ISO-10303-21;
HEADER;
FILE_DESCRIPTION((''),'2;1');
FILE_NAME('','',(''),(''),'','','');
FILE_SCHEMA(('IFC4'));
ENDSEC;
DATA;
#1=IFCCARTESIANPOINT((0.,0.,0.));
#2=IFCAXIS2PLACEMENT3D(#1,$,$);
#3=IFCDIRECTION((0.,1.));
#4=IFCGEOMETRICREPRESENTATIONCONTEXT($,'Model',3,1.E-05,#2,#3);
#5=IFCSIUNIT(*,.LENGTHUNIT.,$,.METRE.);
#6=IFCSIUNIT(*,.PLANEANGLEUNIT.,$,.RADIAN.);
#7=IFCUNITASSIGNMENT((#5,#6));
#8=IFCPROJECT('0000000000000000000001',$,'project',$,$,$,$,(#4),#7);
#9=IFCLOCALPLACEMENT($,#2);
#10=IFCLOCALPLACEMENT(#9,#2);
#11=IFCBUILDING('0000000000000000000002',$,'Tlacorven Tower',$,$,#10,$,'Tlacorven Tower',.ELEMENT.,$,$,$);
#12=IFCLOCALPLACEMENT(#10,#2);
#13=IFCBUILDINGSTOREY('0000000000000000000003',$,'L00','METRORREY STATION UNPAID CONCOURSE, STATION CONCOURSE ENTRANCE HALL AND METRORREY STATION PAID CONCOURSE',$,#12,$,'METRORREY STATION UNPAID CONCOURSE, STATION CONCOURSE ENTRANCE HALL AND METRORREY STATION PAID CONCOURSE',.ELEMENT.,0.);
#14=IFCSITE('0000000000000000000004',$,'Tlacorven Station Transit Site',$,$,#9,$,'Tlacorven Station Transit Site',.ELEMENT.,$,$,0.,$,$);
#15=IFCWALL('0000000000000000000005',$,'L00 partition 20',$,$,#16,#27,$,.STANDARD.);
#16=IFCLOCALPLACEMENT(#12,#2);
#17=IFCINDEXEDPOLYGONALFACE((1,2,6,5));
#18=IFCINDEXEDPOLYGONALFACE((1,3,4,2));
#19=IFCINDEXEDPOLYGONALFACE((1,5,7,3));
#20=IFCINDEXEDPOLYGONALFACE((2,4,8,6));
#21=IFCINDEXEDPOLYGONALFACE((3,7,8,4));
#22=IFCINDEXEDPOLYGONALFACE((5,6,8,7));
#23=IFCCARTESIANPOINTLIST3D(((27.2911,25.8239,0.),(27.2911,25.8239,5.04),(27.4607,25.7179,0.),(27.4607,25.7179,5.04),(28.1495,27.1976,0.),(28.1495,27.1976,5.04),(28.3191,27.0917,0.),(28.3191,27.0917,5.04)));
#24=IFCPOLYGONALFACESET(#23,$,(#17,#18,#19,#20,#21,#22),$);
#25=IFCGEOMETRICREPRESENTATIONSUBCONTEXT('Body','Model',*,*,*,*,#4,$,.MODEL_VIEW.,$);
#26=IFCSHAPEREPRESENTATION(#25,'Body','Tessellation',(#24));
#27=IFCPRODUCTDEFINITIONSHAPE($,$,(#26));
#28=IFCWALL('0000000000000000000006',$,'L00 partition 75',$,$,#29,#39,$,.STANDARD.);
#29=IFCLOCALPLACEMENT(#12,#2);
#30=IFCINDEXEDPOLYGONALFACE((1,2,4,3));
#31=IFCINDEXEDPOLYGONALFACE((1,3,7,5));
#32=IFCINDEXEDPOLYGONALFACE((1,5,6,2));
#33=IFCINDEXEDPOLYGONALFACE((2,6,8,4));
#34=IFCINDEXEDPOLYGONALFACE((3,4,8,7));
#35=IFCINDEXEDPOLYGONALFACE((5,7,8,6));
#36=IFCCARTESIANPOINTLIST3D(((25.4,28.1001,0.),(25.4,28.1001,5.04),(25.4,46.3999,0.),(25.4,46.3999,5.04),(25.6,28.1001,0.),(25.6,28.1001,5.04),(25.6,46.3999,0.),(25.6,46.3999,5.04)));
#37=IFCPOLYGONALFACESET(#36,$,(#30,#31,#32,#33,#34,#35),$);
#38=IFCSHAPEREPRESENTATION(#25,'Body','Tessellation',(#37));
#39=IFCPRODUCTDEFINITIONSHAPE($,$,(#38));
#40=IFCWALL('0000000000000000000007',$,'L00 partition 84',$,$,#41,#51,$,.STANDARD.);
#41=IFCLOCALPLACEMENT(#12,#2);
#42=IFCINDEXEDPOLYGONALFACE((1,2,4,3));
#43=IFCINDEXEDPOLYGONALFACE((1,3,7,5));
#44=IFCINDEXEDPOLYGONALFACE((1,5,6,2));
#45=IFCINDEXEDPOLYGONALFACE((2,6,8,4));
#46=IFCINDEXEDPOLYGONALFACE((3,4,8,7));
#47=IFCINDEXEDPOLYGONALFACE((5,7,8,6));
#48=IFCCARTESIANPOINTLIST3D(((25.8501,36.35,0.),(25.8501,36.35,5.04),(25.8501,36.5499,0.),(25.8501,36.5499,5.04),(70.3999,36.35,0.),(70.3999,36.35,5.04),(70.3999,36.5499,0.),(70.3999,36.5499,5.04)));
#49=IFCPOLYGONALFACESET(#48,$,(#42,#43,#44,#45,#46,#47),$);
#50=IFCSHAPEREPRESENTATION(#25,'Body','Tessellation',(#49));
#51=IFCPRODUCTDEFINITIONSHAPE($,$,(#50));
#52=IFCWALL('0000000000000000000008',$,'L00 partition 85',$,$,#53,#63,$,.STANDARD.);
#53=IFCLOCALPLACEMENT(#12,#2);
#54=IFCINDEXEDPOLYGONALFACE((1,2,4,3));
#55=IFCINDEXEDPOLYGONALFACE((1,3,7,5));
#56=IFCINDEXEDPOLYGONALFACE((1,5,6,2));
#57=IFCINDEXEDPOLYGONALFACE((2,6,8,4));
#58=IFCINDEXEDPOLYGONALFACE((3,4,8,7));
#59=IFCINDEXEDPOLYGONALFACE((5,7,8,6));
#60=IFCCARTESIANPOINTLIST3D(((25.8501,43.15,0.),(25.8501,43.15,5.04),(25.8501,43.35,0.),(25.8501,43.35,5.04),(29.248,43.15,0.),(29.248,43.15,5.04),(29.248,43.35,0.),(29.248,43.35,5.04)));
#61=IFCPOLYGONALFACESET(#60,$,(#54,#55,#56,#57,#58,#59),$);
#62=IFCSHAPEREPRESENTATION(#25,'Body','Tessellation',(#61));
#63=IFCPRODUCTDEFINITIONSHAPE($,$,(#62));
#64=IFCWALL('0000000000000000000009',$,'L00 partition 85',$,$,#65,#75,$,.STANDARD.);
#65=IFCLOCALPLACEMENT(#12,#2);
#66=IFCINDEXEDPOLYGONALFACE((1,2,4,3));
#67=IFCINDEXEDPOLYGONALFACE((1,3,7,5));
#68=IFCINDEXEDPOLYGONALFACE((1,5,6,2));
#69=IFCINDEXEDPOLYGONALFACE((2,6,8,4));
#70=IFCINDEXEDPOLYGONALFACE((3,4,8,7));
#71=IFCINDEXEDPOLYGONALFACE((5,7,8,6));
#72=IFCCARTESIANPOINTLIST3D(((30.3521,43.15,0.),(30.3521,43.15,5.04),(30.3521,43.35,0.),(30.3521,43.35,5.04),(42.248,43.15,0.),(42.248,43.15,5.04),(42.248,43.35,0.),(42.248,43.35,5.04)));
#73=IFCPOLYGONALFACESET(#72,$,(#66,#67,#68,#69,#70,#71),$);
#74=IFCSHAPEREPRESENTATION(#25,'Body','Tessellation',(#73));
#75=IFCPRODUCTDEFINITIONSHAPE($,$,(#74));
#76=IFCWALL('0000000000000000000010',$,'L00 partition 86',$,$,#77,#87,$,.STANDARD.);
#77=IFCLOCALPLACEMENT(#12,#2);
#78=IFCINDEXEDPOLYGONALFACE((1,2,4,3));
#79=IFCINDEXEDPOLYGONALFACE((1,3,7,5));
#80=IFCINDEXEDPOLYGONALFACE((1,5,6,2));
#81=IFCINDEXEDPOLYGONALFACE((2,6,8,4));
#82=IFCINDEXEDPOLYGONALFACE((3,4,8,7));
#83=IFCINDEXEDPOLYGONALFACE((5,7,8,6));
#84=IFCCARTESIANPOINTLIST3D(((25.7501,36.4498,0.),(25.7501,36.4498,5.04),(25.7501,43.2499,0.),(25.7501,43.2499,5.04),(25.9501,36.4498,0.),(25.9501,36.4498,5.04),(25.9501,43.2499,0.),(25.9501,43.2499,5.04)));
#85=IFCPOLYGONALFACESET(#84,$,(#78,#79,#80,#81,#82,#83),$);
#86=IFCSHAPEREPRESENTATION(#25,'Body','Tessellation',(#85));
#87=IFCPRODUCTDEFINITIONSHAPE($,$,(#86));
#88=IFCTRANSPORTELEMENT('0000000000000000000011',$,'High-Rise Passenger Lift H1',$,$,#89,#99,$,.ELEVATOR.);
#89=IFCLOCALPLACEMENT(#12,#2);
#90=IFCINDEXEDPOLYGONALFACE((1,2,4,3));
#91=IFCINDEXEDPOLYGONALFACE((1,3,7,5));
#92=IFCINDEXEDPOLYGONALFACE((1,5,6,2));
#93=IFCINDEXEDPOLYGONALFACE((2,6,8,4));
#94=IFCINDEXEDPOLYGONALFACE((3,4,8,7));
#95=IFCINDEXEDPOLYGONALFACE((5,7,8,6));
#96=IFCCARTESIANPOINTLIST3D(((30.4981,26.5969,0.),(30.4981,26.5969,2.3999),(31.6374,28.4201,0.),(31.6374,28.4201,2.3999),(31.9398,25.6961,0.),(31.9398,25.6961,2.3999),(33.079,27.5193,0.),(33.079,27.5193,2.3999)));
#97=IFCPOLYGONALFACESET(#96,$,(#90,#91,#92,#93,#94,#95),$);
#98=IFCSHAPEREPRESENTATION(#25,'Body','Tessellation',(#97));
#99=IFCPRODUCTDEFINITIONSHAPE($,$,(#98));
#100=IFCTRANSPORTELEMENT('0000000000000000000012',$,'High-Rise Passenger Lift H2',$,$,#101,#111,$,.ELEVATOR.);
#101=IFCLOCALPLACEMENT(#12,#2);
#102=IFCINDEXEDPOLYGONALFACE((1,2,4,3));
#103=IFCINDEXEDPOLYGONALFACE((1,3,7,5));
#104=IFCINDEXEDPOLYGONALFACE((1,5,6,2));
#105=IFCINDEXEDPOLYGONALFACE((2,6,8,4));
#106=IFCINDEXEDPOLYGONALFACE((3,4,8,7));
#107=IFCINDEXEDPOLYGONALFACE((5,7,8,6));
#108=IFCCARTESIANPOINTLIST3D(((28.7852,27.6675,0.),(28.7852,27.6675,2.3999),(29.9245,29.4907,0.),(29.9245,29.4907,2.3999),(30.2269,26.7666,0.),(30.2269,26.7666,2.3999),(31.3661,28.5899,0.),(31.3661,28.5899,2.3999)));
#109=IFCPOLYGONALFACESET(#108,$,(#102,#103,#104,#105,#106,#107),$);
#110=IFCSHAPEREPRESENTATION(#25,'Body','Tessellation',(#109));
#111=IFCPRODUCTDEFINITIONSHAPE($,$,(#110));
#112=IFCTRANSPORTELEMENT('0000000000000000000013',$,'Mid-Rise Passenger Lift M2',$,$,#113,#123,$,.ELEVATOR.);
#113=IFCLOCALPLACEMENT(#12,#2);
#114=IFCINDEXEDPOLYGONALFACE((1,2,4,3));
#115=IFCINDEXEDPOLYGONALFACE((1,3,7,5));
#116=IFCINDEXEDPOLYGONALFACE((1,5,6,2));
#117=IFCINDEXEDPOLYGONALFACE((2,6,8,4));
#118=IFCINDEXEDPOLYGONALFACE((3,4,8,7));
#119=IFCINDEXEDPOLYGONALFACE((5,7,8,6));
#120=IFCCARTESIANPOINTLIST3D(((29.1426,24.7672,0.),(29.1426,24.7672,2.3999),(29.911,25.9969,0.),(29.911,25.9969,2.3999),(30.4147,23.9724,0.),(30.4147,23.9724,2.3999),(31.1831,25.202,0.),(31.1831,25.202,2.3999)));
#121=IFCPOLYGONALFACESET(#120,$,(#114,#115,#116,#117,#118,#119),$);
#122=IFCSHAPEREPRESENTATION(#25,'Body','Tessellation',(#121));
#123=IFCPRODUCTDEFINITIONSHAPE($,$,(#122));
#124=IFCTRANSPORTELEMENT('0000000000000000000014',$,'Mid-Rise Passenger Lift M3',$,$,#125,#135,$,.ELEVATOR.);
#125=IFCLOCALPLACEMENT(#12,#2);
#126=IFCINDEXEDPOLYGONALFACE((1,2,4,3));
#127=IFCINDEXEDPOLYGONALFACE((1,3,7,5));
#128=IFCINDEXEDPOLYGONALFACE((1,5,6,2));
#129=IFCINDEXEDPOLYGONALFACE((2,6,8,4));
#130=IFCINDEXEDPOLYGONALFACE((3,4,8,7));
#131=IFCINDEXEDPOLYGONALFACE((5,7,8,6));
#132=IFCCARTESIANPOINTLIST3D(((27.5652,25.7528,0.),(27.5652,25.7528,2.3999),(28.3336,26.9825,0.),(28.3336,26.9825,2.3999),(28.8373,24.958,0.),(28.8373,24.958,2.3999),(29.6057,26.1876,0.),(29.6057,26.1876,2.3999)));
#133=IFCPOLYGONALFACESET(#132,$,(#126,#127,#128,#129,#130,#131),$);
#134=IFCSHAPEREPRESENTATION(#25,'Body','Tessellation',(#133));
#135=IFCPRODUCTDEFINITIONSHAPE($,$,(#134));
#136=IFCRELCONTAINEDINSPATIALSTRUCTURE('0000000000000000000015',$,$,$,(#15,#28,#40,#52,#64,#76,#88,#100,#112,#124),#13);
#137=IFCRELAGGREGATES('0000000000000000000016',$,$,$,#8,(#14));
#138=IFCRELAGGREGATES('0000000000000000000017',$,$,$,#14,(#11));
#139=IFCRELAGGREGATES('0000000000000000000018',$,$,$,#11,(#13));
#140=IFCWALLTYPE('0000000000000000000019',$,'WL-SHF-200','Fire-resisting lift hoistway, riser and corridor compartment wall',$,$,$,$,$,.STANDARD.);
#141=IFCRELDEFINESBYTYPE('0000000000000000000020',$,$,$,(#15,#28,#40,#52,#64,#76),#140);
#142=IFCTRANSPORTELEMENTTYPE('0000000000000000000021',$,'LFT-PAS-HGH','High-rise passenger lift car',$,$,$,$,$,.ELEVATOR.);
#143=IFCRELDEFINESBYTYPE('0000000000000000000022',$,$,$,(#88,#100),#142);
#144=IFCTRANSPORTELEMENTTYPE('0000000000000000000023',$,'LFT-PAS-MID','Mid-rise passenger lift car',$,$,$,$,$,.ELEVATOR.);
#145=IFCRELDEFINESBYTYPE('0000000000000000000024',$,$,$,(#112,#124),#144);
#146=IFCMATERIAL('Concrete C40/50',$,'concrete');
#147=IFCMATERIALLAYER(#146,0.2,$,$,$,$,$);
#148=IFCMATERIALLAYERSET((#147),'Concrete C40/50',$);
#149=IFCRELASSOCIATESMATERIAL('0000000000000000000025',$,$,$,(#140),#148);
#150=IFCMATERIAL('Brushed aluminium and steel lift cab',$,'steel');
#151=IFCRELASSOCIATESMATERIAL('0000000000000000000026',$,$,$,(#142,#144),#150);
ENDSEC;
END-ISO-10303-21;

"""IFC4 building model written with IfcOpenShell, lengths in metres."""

from ifc_helpers import new_model, si_unit, direction, frame, frame_2d, origin, origin_2d, place, context, subcontext, project, spatial, rectangle, extrude, source, transform, mapped, material, layer, layer_set, type_object, element, save


model = new_model("IFC4")

# Units and contexts
model_context = context("Model", 3, precision=1e-05, world=origin(), true_north=direction((0.0, 1.0)))
body_context = subcontext(model_context, "Body", "Model", "MODEL_VIEW")
ifc_project = project(units=[si_unit("LENGTHUNIT", "METRE"), si_unit("PLANEANGLEUNIT", "RADIAN")], contexts=[model_context])

# Site, building, storey
site_placement = place(None, origin())
site = spatial("IfcSite", under=ifc_project, at=site_placement, Name="Tlacorven Station Transit Site", LongName="Tlacorven Station Transit Site", CompositionType="ELEMENT", RefElevation=0.0)
building_placement = place(site_placement, origin())
building = spatial("IfcBuilding", under=site, at=building_placement, Name="Tlacorven Tower", LongName="Tlacorven Tower", CompositionType="ELEMENT")
storey_placement = place(building_placement, origin())
storey = spatial("IfcBuildingStorey", under=building, at=storey_placement, Name="L00", Description="METRORREY STATION UNPAID CONCOURSE, STATION CONCOURSE ENTRANCE HALL AND METRORREY STATION PAID CONCOURSE", LongName="METRORREY STATION UNPAID CONCOURSE, STATION CONCOURSE ENTRANCE HALL AND METRORREY STATION PAID CONCOURSE", CompositionType="ELEMENT", Elevation=0.0)

# Shared definitions
ifc_material_1 = material(Name="Concrete C40/50", Category="concrete")
ifc_layer_1 = layer(ifc_material_1, 0.2)
ifc_layer_set_1 = layer_set([ifc_layer_1], Name="Concrete C40/50")
wall_type_1 = type_object("IfcWallType", Name="WL-SHF-200", Description="Fire-resisting lift hoistway, riser and corridor compartment wall", PredefinedType="STANDARD", material=ifc_layer_set_1)

# Walls
wall_1_placement = place(storey_placement, frame((28.2344, 27.1448, 0.0), z_axis=(0.0, 0.0, 1.0), x_axis=(-0.529904, -0.848058, 0.0)))
element("IfcWall", 1, at=wall_1_placement, inside=storey, type_object=wall_type_1, Name="L00 partition 20", PredefinedType="STANDARD", context=body_context, shape_type="SweptSolid", body=[
    extrude(rectangle(XDim=1.6199, YDim=0.2, at=frame_2d((0.8101, 0.0))), origin(), (0.0, 0.0, 1.0), 5.04),
])
wall_2_placement = place(storey_placement, frame((25.5, 28.1001, 0.0), z_axis=(0.0, 0.0, 1.0), x_axis=(0.0, 1.0, 0.0)))
element("IfcWall", 2, at=wall_2_placement, inside=storey, type_object=wall_type_1, Name="L00 partition 75", PredefinedType="STANDARD", context=body_context, shape_type="SweptSolid", body=[
    extrude(rectangle(XDim=18.2998, YDim=0.2, at=frame_2d((9.1499, 0.0))), origin(), (0.0, 0.0, 1.0), 5.04),
])
wall_3_placement = place(storey_placement, frame((25.8501, 36.45, 0.0), z_axis=(0.0, 0.0, 1.0), x_axis=(1.0, 0.0, 0.0)))
element("IfcWall", 3, at=wall_3_placement, inside=storey, type_object=wall_type_1, Name="L00 partition 84", PredefinedType="STANDARD", context=body_context, shape_type="SweptSolid", body=[
    extrude(rectangle(XDim=44.5498, YDim=0.2, at=frame_2d((22.2749, 0.0))), origin(), (0.0, 0.0, 1.0), 5.04),
])
wall_4_placement = place(storey_placement, frame((25.8501, 43.25, 0.0), z_axis=(0.0, 0.0, 1.0), x_axis=(1.0, 0.0, 0.0)))
element("IfcWall", 4, at=wall_4_placement, inside=storey, type_object=wall_type_1, Name="L00 partition 85", PredefinedType="STANDARD", context=body_context, shape_type="SweptSolid", body=[
    extrude(rectangle(XDim=3.3979, YDim=0.2, at=frame_2d((1.699, 0.0))), origin(), (0.0, 0.0, 1.0), 5.04),
])
wall_5_placement = place(storey_placement, frame((30.3521, 43.25, 0.0), z_axis=(0.0, 0.0, 1.0), x_axis=(1.0, 0.0, 0.0)))
element("IfcWall", 5, at=wall_5_placement, inside=storey, type_object=wall_type_1, Name="L00 partition 85", PredefinedType="STANDARD", context=body_context, shape_type="SweptSolid", body=[
    extrude(rectangle(XDim=11.896, YDim=0.2, at=frame_2d((5.948, 0.0))), origin(), (0.0, 0.0, 1.0), 5.04),
])
wall_6_placement = place(storey_placement, frame((25.8501, 36.45, 0.0), z_axis=(0.0, 0.0, 1.0), x_axis=(0.0, 1.0, 0.0)))
element("IfcWall", 6, at=wall_6_placement, inside=storey, type_object=wall_type_1, Name="L00 partition 86", PredefinedType="STANDARD", context=body_context, shape_type="SweptSolid", body=[
    extrude(rectangle(XDim=6.8, YDim=0.2, at=frame_2d((3.3999, 0.0))), origin(), (0.0, 0.0, 1.0), 5.04),
])

# Transport elements
ifc_material_2 = material(Name="Brushed aluminium and steel lift cab", Category="steel")
transport_element_type_1 = type_object("IfcTransportElementType", Name="LFT-PAS-HGH", Description="High-rise passenger lift car", PredefinedType="ELEVATOR", material=ifc_material_2)
shared_shape_1 = source(origin(), body_context, "Body", "SweptSolid", [
    extrude(rectangle(XDim=1.7, YDim=2.1499, at=origin_2d()), origin(), (0.0, 0.0, 1.0), 2.3999),
])
for number, where, z_axis, x_axis, name in (
    (7, (31.7886, 27.0581, 0.0), (0.0, 0.0, 1.0), (-0.848048, 0.529919, 0.0), "High-Rise Passenger Lift H1"),
    (8, (30.0757, 28.1287, 0.0), (0.0, 0.0, 1.0), (-0.848048, 0.529919, 0.0), "High-Rise Passenger Lift H2"),
):
    element("IfcTransportElement", number, at=place(storey_placement, frame(where, z_axis=z_axis, x_axis=x_axis)), inside=storey, type_object=transport_element_type_1, Name=name, PredefinedType="ELEVATOR", context=body_context, shape_type="MappedRepresentation", body=[
        mapped(shared_shape_1, transform((0.0, 0.0, 0.0), scale=1.0)),
    ])
transport_element_type_2 = type_object("IfcTransportElementType", Name="LFT-PAS-MID", Description="Mid-rise passenger lift car", PredefinedType="ELEVATOR", material=ifc_material_2)
shared_shape_2 = source(origin(), body_context, "Body", "SweptSolid", [
    extrude(rectangle(XDim=1.5, YDim=1.45, at=origin_2d()), origin(), (0.0, 0.0, 1.0), 2.3999),
])
for number, where, z_axis, x_axis, name in (
    (9, (30.1628, 24.9846, 0.0), (0.0, 0.0, 1.0), (-0.848048, 0.529919, 0.0), "Mid-Rise Passenger Lift M2"),
    (10, (28.5854, 25.9702, 0.0), (0.0, 0.0, 1.0), (-0.848048, 0.529919, 0.0), "Mid-Rise Passenger Lift M3"),
):
    element("IfcTransportElement", number, at=place(storey_placement, frame(where, z_axis=z_axis, x_axis=x_axis)), inside=storey, type_object=transport_element_type_2, Name=name, PredefinedType="ELEVATOR", context=body_context, shape_type="MappedRepresentation", body=[
        mapped(shared_shape_2, transform((0.0, 0.0, 0.0), scale=1.0)),
    ])

save(model, "model.ifc")
